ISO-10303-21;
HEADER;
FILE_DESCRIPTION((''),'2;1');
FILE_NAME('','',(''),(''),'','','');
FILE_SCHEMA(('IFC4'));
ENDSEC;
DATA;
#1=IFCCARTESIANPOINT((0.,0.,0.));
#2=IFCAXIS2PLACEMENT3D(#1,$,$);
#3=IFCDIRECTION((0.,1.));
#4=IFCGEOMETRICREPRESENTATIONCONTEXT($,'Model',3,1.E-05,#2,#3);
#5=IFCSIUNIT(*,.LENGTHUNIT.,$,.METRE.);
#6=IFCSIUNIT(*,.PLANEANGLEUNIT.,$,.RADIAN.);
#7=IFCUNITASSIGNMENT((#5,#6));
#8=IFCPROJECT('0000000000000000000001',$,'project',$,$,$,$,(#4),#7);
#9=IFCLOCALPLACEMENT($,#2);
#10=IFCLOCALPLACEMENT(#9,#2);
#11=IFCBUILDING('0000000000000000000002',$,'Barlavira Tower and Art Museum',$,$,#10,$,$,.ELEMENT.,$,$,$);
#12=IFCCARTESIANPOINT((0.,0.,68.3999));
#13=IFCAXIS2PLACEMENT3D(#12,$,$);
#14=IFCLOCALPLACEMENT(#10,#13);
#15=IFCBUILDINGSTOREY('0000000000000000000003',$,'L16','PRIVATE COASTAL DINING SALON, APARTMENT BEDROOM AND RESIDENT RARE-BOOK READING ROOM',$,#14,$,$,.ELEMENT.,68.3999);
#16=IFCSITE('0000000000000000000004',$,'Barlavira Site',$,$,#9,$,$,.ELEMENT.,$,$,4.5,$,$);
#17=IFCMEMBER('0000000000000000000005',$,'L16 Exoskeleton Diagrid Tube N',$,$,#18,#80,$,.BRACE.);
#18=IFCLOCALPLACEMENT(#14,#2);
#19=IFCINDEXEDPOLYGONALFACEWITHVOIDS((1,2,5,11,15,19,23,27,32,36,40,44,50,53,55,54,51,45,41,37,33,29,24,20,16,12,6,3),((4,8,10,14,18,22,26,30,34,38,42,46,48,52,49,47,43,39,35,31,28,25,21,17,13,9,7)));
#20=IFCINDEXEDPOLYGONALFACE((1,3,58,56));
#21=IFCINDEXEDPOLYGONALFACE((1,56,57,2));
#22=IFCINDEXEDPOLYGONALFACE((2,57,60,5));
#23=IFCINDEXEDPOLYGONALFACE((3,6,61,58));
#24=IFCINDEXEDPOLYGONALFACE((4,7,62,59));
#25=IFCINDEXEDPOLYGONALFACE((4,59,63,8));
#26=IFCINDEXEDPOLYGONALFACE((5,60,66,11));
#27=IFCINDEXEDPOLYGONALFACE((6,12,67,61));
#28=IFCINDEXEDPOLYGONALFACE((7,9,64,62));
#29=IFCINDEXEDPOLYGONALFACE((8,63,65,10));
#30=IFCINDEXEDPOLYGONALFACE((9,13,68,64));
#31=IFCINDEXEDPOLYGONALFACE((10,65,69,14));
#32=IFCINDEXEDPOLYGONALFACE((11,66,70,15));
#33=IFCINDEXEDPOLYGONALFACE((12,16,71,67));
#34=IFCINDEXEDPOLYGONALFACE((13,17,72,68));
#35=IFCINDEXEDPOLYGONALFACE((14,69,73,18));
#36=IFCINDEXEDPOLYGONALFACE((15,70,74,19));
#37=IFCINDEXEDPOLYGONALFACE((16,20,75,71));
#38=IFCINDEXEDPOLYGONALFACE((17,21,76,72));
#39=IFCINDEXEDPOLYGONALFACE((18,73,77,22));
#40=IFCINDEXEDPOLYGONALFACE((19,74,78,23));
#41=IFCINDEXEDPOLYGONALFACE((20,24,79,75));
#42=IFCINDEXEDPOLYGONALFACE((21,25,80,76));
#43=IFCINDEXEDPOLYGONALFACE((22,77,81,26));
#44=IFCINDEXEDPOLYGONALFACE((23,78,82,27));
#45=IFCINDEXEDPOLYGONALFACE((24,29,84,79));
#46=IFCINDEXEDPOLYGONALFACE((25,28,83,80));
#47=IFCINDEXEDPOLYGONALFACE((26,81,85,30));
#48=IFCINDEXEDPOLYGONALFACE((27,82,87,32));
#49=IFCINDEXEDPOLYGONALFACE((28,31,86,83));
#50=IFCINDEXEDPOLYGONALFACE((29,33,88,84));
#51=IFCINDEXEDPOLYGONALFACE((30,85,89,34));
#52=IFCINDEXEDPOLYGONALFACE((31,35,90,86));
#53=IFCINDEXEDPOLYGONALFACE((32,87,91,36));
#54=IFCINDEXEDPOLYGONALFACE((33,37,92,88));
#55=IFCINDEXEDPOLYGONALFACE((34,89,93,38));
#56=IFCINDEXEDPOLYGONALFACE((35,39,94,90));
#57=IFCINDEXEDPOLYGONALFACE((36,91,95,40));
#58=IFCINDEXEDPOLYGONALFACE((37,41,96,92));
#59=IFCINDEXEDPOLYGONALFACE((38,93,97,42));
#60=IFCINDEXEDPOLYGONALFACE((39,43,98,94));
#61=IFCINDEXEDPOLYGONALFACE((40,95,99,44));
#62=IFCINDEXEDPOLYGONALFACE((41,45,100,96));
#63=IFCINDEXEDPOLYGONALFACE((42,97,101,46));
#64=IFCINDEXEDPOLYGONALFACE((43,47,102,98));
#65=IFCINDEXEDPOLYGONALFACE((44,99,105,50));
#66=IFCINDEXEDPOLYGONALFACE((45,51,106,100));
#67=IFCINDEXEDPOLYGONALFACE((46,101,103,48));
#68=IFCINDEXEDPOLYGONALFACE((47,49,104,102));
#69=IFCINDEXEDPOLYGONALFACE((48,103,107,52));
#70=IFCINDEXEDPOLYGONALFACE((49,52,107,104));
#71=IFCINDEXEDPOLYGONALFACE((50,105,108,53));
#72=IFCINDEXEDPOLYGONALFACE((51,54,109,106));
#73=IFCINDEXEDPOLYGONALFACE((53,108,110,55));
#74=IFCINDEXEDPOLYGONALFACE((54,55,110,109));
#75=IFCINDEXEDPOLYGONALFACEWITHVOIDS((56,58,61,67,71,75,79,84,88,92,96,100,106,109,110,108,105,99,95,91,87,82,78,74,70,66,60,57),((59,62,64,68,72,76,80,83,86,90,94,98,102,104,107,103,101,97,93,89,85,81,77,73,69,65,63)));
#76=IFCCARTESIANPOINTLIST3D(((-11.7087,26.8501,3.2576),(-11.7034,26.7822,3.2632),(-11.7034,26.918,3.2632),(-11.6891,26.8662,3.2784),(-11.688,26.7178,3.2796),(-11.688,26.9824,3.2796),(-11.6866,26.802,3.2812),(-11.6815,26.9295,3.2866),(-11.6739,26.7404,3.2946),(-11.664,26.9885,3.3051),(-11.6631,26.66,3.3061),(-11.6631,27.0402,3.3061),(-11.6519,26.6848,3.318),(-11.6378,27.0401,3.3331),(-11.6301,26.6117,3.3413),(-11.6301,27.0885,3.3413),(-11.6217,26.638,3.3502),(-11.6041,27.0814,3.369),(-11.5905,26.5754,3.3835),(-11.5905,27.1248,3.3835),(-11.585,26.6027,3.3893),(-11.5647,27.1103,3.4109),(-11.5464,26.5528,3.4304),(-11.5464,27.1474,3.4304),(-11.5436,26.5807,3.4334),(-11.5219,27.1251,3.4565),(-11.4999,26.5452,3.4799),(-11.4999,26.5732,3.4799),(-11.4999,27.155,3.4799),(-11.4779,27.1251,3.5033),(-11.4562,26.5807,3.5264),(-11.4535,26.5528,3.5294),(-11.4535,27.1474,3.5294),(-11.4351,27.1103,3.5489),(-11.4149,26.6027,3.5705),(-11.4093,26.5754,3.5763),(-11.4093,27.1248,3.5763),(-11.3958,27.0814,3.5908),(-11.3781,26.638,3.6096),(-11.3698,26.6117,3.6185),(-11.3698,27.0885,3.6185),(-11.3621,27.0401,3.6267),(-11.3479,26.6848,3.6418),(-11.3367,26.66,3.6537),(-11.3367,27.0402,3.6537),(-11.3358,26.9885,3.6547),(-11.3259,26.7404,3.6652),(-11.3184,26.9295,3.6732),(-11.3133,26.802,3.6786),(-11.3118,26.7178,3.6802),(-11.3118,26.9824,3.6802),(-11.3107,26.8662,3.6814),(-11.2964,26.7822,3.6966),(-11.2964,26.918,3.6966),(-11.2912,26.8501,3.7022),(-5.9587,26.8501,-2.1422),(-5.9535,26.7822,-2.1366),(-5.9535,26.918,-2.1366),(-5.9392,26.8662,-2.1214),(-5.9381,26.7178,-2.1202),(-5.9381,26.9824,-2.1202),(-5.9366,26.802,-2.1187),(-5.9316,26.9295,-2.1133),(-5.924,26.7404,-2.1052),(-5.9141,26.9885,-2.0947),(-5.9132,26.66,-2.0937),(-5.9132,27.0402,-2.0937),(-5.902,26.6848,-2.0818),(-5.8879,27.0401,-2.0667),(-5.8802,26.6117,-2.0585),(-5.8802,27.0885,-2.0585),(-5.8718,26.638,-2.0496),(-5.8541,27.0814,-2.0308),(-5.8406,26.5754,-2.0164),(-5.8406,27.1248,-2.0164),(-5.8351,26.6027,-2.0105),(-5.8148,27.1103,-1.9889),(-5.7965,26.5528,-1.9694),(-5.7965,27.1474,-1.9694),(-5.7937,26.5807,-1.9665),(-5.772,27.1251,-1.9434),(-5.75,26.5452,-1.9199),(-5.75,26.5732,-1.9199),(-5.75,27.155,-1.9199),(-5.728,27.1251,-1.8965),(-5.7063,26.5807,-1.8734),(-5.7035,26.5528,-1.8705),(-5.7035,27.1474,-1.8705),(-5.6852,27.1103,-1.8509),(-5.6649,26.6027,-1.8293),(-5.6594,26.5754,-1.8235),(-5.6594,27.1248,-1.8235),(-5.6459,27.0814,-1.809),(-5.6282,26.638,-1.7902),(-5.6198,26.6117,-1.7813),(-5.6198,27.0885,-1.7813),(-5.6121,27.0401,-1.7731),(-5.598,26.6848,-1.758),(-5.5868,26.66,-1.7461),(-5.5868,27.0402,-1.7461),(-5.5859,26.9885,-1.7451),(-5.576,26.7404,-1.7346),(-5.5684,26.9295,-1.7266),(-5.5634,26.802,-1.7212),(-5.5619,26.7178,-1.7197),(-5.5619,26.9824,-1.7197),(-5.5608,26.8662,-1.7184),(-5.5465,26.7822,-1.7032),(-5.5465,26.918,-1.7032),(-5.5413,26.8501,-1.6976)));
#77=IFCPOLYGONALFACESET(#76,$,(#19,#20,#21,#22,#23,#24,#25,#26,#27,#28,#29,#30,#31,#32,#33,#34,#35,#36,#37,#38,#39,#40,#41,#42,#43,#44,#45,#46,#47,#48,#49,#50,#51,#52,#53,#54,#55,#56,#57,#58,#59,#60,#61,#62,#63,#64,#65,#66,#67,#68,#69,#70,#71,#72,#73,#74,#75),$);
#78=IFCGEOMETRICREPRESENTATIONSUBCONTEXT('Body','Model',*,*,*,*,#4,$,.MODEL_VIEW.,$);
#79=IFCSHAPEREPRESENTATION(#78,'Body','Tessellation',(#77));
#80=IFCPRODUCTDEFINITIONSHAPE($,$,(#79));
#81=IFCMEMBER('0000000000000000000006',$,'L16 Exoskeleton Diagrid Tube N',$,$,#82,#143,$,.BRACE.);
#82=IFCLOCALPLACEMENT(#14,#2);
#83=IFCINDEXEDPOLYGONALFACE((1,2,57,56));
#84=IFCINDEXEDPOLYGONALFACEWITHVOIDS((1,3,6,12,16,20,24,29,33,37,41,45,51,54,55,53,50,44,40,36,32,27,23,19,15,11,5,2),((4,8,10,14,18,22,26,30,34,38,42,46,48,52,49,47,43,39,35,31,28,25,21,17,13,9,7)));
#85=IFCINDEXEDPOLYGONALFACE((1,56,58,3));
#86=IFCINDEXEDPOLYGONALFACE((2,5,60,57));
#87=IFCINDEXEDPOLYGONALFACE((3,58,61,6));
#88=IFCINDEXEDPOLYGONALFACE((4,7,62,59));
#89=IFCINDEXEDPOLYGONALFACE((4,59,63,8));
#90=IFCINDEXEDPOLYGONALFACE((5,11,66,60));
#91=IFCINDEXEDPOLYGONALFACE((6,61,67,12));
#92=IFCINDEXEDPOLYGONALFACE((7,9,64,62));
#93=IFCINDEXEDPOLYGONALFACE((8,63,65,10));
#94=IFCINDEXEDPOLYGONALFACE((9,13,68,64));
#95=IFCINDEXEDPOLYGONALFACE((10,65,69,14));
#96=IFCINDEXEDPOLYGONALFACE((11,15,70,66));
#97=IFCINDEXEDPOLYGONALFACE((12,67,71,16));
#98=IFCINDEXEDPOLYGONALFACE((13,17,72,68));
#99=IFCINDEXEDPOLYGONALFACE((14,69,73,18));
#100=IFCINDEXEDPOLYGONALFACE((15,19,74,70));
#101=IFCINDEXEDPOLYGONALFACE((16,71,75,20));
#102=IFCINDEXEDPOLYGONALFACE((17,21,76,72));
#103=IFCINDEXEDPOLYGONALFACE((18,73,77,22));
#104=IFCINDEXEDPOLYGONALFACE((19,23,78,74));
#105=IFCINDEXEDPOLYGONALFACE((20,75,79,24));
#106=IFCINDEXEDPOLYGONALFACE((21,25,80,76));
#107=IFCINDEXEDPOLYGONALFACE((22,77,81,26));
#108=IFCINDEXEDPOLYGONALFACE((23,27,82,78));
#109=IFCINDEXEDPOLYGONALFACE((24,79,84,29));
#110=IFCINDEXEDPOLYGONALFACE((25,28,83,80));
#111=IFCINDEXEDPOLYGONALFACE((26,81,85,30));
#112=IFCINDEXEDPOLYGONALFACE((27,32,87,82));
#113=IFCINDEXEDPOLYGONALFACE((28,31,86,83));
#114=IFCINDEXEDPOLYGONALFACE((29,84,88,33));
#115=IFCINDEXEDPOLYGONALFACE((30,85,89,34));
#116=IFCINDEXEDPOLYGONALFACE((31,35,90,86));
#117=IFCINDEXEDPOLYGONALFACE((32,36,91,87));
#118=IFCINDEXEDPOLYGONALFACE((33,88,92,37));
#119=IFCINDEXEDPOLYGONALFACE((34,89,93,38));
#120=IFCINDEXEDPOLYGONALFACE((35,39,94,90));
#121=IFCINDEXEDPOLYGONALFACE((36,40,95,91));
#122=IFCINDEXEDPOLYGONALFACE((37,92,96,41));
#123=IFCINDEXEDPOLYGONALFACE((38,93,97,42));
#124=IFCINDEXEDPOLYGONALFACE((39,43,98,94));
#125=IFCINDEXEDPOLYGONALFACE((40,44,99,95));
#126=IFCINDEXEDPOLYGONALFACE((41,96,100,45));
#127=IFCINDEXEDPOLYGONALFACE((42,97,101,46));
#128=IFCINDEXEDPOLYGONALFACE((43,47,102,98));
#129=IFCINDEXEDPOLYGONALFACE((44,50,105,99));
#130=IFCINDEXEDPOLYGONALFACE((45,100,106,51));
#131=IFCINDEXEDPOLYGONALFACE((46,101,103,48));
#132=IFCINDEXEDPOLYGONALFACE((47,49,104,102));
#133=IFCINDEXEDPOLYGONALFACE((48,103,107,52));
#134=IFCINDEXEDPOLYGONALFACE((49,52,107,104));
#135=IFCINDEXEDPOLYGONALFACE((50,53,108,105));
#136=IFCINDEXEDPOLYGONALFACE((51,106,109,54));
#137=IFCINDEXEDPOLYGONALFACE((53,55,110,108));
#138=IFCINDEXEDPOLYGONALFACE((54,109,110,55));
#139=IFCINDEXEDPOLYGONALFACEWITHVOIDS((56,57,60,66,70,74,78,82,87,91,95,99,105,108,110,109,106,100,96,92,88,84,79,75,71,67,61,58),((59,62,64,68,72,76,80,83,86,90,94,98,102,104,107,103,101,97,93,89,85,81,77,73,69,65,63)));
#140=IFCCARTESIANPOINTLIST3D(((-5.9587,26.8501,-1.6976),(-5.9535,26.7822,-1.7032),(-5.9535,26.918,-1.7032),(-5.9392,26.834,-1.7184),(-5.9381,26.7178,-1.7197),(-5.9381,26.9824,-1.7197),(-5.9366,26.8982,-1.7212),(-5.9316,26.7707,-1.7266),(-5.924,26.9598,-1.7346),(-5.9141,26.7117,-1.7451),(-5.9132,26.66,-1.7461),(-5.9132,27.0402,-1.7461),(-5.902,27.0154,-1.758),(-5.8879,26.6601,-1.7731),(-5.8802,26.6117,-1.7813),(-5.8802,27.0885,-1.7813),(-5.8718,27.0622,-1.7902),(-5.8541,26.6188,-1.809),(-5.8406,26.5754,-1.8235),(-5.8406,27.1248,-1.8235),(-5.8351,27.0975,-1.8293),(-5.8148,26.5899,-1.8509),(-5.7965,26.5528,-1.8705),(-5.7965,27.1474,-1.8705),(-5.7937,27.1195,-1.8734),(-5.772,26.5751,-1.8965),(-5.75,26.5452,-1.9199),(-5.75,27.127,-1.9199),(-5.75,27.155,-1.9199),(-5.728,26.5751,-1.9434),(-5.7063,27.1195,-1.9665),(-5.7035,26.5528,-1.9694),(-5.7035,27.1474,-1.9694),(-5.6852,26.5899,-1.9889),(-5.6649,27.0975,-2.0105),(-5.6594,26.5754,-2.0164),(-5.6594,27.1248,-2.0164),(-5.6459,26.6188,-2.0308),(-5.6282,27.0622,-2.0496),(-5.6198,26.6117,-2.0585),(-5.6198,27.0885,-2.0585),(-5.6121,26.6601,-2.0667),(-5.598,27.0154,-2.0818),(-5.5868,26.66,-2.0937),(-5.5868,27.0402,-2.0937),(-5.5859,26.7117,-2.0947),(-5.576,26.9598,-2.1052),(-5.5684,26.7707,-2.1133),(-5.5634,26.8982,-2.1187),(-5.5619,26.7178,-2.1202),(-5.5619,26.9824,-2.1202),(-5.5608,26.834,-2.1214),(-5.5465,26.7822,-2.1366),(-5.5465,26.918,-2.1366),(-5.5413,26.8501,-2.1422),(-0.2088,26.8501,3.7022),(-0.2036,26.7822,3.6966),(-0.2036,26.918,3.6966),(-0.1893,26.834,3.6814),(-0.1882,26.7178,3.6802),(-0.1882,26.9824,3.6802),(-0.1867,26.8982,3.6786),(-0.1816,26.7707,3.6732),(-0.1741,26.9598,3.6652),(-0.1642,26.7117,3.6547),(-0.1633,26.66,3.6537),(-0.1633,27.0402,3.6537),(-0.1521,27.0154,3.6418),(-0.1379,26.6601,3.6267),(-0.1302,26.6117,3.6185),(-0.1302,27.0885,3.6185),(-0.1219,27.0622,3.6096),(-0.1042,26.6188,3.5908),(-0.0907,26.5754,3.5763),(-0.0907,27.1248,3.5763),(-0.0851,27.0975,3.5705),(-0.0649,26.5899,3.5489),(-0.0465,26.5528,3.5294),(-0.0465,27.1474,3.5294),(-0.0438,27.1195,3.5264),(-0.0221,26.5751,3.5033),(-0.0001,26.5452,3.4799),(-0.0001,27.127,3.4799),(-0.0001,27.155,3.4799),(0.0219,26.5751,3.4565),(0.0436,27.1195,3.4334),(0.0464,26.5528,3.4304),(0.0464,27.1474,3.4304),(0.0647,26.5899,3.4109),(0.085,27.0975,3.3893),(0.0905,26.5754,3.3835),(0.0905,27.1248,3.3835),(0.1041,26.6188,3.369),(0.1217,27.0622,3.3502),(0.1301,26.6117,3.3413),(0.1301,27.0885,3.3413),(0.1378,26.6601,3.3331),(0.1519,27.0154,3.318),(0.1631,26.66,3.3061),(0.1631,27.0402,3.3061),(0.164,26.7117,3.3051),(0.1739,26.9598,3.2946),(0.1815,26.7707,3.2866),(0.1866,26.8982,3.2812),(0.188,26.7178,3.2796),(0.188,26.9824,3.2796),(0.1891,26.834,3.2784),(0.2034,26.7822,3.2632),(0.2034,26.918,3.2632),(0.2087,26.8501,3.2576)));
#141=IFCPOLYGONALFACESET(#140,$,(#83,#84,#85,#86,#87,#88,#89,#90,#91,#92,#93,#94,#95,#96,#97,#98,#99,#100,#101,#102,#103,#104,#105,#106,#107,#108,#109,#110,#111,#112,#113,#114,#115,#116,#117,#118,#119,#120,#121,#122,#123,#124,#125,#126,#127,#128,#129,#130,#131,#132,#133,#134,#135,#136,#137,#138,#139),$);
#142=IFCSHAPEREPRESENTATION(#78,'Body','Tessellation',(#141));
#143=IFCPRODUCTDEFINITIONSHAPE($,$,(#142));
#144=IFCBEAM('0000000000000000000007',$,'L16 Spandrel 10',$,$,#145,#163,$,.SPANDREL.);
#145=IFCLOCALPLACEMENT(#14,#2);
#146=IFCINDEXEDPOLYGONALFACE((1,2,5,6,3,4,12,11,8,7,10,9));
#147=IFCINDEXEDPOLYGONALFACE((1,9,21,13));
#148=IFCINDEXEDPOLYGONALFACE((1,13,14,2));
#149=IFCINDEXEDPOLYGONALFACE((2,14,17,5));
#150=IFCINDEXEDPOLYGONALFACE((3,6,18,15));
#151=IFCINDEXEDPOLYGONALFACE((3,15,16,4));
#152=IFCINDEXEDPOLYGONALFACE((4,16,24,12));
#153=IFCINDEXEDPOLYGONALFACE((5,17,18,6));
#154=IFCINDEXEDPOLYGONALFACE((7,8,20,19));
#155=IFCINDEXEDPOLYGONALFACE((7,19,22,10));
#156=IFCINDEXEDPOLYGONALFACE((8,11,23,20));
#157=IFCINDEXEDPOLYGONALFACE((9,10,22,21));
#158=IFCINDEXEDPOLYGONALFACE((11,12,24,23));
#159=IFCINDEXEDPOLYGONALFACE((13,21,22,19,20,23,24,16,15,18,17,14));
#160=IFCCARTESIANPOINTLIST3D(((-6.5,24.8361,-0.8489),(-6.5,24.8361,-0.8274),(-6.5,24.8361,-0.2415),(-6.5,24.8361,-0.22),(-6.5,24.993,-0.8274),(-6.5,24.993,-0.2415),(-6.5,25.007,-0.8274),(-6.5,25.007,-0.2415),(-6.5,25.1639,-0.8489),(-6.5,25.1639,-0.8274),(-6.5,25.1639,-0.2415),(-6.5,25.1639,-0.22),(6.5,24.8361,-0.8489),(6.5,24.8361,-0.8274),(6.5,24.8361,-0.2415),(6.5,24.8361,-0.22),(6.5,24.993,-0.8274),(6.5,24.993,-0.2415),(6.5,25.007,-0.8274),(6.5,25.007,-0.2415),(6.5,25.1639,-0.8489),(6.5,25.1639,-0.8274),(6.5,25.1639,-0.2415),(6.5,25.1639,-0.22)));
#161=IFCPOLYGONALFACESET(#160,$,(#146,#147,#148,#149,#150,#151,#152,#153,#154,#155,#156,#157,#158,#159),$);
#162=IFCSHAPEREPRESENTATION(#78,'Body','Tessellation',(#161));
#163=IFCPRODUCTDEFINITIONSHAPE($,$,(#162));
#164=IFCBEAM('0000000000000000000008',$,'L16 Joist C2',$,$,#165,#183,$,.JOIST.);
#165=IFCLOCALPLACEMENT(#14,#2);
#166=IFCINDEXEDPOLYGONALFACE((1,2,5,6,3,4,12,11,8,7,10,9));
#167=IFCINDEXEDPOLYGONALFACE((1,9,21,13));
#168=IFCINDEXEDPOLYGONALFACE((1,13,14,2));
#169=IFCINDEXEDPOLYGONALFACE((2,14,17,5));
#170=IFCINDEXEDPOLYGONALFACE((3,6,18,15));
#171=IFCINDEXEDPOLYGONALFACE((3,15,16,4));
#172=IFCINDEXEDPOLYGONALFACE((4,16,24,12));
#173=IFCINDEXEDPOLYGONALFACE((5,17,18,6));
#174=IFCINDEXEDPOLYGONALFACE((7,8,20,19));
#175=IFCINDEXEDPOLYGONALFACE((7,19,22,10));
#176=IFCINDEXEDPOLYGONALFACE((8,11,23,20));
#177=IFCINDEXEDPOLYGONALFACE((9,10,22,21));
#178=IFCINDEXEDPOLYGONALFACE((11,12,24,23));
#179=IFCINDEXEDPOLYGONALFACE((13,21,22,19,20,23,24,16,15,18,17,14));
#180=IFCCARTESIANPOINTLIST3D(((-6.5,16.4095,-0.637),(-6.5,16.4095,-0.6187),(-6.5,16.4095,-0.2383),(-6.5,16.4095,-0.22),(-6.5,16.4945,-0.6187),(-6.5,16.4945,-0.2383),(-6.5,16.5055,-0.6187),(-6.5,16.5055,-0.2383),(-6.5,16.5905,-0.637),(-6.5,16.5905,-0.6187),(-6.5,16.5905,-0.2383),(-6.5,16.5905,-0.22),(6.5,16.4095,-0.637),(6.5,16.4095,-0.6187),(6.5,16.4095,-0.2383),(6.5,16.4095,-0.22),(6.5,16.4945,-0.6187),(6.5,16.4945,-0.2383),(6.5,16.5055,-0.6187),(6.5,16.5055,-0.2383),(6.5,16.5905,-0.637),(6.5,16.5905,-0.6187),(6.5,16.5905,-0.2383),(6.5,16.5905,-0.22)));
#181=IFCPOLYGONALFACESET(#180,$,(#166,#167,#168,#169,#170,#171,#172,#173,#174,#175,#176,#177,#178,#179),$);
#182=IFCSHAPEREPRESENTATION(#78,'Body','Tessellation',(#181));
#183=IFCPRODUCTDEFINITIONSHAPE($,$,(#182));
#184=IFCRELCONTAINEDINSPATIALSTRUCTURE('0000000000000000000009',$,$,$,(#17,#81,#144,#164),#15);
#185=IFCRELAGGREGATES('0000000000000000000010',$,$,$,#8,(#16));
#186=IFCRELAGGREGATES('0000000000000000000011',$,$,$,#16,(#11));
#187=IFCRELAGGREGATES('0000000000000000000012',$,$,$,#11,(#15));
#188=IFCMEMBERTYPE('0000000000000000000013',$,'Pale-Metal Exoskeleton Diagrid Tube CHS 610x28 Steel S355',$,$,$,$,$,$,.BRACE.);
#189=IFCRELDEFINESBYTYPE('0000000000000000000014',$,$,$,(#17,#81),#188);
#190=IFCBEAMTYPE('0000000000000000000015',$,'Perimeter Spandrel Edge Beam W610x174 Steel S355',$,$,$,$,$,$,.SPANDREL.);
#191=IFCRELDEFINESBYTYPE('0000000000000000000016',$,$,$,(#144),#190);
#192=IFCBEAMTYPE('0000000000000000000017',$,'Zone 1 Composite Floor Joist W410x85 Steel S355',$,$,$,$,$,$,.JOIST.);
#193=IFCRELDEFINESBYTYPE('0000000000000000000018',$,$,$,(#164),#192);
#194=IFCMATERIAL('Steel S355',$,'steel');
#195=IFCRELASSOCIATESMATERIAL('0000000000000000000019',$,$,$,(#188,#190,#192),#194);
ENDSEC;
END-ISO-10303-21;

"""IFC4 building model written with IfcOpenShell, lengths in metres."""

from ifc_helpers import new_model, si_unit, direction, frame, origin, origin_2d, place, context, subcontext, project, spatial, hollow_circle, i_section, extrude, material, material_profile, profile_set, type_object, element, save


model = new_model("IFC4")

# Units and contexts
model_context = context("Model", 3, precision=1e-05, world=origin(), true_north=direction((0.0, 1.0)))
body_context = subcontext(model_context, "Body", "Model", "MODEL_VIEW")
ifc_project = project(units=[si_unit("LENGTHUNIT", "METRE"), si_unit("PLANEANGLEUNIT", "RADIAN")], contexts=[model_context])

# Site, building, storey
site_placement = place(None, origin())
site = spatial("IfcSite", under=ifc_project, at=site_placement, Name="Barlavira Site", CompositionType="ELEMENT", RefElevation=4.5)
building_placement = place(site_placement, origin())
building = spatial("IfcBuilding", under=site, at=building_placement, Name="Barlavira Tower and Art Museum", CompositionType="ELEMENT")
storey_placement = place(building_placement, frame((0.0, 0.0, 68.3999)))
storey = spatial("IfcBuildingStorey", under=building, at=storey_placement, Name="L16", Description="PRIVATE COASTAL DINING SALON, APARTMENT BEDROOM AND RESIDENT RARE-BOOK READING ROOM", CompositionType="ELEMENT", Elevation=68.3999)

# Shared definitions
ifc_material_1 = material(Name="Steel S355", Category="steel")

# Members
ifc_material_profile_1 = material_profile(ifc_material_1, hollow_circle(Radius=0.3049, WallThickness=0.0281, at=origin_2d()), Name="CHS 610.0x28.0")
ifc_profile_set_1 = profile_set([ifc_material_profile_1], Name="Steel S355")
member_type_1 = type_object("IfcMemberType", Name="Pale-Metal Exoskeleton Diagrid Tube CHS 610x28 Steel S355", PredefinedType="BRACE", material=ifc_profile_set_1)
for number, where, z_axis, x_axis, name in (
    (1, (-5.75, 26.8501, -1.9199), (-0.72895, 0.0, 0.684567), (0.0, -1.0, 0.0), "L16 Exoskeleton Diagrid Tube N"),
    (2, (-5.75, 26.8501, -1.9199), (0.72895, 0.0, 0.684567), (0.0, 1.0, 0.0), "L16 Exoskeleton Diagrid Tube N"),
):
    element("IfcMember", number, at=place(storey_placement, frame(where, z_axis=z_axis, x_axis=x_axis)), inside=storey, type_object=member_type_1, Name=name, PredefinedType="BRACE", context=body_context, shape_type="SweptSolid", body=[
        extrude(hollow_circle(Radius=0.3049, WallThickness=0.0281, at=origin_2d()), origin(), (0.0, 0.0, 1.0), 7.8879),
    ])

# Beams
ifc_material_profile_2 = material_profile(ifc_material_1, i_section(OverallWidth=0.3279, OverallDepth=0.6289, WebThickness=0.0139, FlangeThickness=0.0215, at=origin_2d()), Name="W610x174.0")
ifc_profile_set_2 = profile_set([ifc_material_profile_2], Name="Steel S355")
beam_type_1 = type_object("IfcBeamType", Name="Perimeter Spandrel Edge Beam W610x174 Steel S355", PredefinedType="SPANDREL", material=ifc_profile_set_2)
beam_1_placement = place(storey_placement, frame((-6.5, 25.0, -0.5344), z_axis=(1.0, 0.0, 0.0), x_axis=(0.0, 1.0, 0.0)))
element("IfcBeam", 3, at=beam_1_placement, inside=storey, type_object=beam_type_1, Name="L16 Spandrel 10", PredefinedType="SPANDREL", context=body_context, shape_type="SweptSolid", body=[
    extrude(i_section(OverallWidth=0.3279, OverallDepth=0.6289, WebThickness=0.0139, FlangeThickness=0.0215, at=origin_2d()), origin(), (0.0, 0.0, 1.0), 13.0),
])
ifc_material_profile_3 = material_profile(ifc_material_1, i_section(OverallWidth=0.1809, OverallDepth=0.417, WebThickness=0.011, FlangeThickness=0.0183, at=origin_2d()), Name="W410x85.0")
ifc_profile_set_3 = profile_set([ifc_material_profile_3], Name="Steel S355")
beam_type_2 = type_object("IfcBeamType", Name="Zone 1 Composite Floor Joist W410x85 Steel S355", PredefinedType="JOIST", material=ifc_profile_set_3)
beam_2_placement = place(storey_placement, frame((-6.5, 16.5, -0.4285), z_axis=(1.0, 0.0, 0.0), x_axis=(0.0, 1.0, 0.0)))
element("IfcBeam", 4, at=beam_2_placement, inside=storey, type_object=beam_type_2, Name="L16 Joist C2", PredefinedType="JOIST", context=body_context, shape_type="SweptSolid", body=[
    extrude(i_section(OverallWidth=0.1809, OverallDepth=0.417, WebThickness=0.011, FlangeThickness=0.0183, at=origin_2d()), origin(), (0.0, 0.0, 1.0), 13.0),
])

save(model, "model.ifc")
